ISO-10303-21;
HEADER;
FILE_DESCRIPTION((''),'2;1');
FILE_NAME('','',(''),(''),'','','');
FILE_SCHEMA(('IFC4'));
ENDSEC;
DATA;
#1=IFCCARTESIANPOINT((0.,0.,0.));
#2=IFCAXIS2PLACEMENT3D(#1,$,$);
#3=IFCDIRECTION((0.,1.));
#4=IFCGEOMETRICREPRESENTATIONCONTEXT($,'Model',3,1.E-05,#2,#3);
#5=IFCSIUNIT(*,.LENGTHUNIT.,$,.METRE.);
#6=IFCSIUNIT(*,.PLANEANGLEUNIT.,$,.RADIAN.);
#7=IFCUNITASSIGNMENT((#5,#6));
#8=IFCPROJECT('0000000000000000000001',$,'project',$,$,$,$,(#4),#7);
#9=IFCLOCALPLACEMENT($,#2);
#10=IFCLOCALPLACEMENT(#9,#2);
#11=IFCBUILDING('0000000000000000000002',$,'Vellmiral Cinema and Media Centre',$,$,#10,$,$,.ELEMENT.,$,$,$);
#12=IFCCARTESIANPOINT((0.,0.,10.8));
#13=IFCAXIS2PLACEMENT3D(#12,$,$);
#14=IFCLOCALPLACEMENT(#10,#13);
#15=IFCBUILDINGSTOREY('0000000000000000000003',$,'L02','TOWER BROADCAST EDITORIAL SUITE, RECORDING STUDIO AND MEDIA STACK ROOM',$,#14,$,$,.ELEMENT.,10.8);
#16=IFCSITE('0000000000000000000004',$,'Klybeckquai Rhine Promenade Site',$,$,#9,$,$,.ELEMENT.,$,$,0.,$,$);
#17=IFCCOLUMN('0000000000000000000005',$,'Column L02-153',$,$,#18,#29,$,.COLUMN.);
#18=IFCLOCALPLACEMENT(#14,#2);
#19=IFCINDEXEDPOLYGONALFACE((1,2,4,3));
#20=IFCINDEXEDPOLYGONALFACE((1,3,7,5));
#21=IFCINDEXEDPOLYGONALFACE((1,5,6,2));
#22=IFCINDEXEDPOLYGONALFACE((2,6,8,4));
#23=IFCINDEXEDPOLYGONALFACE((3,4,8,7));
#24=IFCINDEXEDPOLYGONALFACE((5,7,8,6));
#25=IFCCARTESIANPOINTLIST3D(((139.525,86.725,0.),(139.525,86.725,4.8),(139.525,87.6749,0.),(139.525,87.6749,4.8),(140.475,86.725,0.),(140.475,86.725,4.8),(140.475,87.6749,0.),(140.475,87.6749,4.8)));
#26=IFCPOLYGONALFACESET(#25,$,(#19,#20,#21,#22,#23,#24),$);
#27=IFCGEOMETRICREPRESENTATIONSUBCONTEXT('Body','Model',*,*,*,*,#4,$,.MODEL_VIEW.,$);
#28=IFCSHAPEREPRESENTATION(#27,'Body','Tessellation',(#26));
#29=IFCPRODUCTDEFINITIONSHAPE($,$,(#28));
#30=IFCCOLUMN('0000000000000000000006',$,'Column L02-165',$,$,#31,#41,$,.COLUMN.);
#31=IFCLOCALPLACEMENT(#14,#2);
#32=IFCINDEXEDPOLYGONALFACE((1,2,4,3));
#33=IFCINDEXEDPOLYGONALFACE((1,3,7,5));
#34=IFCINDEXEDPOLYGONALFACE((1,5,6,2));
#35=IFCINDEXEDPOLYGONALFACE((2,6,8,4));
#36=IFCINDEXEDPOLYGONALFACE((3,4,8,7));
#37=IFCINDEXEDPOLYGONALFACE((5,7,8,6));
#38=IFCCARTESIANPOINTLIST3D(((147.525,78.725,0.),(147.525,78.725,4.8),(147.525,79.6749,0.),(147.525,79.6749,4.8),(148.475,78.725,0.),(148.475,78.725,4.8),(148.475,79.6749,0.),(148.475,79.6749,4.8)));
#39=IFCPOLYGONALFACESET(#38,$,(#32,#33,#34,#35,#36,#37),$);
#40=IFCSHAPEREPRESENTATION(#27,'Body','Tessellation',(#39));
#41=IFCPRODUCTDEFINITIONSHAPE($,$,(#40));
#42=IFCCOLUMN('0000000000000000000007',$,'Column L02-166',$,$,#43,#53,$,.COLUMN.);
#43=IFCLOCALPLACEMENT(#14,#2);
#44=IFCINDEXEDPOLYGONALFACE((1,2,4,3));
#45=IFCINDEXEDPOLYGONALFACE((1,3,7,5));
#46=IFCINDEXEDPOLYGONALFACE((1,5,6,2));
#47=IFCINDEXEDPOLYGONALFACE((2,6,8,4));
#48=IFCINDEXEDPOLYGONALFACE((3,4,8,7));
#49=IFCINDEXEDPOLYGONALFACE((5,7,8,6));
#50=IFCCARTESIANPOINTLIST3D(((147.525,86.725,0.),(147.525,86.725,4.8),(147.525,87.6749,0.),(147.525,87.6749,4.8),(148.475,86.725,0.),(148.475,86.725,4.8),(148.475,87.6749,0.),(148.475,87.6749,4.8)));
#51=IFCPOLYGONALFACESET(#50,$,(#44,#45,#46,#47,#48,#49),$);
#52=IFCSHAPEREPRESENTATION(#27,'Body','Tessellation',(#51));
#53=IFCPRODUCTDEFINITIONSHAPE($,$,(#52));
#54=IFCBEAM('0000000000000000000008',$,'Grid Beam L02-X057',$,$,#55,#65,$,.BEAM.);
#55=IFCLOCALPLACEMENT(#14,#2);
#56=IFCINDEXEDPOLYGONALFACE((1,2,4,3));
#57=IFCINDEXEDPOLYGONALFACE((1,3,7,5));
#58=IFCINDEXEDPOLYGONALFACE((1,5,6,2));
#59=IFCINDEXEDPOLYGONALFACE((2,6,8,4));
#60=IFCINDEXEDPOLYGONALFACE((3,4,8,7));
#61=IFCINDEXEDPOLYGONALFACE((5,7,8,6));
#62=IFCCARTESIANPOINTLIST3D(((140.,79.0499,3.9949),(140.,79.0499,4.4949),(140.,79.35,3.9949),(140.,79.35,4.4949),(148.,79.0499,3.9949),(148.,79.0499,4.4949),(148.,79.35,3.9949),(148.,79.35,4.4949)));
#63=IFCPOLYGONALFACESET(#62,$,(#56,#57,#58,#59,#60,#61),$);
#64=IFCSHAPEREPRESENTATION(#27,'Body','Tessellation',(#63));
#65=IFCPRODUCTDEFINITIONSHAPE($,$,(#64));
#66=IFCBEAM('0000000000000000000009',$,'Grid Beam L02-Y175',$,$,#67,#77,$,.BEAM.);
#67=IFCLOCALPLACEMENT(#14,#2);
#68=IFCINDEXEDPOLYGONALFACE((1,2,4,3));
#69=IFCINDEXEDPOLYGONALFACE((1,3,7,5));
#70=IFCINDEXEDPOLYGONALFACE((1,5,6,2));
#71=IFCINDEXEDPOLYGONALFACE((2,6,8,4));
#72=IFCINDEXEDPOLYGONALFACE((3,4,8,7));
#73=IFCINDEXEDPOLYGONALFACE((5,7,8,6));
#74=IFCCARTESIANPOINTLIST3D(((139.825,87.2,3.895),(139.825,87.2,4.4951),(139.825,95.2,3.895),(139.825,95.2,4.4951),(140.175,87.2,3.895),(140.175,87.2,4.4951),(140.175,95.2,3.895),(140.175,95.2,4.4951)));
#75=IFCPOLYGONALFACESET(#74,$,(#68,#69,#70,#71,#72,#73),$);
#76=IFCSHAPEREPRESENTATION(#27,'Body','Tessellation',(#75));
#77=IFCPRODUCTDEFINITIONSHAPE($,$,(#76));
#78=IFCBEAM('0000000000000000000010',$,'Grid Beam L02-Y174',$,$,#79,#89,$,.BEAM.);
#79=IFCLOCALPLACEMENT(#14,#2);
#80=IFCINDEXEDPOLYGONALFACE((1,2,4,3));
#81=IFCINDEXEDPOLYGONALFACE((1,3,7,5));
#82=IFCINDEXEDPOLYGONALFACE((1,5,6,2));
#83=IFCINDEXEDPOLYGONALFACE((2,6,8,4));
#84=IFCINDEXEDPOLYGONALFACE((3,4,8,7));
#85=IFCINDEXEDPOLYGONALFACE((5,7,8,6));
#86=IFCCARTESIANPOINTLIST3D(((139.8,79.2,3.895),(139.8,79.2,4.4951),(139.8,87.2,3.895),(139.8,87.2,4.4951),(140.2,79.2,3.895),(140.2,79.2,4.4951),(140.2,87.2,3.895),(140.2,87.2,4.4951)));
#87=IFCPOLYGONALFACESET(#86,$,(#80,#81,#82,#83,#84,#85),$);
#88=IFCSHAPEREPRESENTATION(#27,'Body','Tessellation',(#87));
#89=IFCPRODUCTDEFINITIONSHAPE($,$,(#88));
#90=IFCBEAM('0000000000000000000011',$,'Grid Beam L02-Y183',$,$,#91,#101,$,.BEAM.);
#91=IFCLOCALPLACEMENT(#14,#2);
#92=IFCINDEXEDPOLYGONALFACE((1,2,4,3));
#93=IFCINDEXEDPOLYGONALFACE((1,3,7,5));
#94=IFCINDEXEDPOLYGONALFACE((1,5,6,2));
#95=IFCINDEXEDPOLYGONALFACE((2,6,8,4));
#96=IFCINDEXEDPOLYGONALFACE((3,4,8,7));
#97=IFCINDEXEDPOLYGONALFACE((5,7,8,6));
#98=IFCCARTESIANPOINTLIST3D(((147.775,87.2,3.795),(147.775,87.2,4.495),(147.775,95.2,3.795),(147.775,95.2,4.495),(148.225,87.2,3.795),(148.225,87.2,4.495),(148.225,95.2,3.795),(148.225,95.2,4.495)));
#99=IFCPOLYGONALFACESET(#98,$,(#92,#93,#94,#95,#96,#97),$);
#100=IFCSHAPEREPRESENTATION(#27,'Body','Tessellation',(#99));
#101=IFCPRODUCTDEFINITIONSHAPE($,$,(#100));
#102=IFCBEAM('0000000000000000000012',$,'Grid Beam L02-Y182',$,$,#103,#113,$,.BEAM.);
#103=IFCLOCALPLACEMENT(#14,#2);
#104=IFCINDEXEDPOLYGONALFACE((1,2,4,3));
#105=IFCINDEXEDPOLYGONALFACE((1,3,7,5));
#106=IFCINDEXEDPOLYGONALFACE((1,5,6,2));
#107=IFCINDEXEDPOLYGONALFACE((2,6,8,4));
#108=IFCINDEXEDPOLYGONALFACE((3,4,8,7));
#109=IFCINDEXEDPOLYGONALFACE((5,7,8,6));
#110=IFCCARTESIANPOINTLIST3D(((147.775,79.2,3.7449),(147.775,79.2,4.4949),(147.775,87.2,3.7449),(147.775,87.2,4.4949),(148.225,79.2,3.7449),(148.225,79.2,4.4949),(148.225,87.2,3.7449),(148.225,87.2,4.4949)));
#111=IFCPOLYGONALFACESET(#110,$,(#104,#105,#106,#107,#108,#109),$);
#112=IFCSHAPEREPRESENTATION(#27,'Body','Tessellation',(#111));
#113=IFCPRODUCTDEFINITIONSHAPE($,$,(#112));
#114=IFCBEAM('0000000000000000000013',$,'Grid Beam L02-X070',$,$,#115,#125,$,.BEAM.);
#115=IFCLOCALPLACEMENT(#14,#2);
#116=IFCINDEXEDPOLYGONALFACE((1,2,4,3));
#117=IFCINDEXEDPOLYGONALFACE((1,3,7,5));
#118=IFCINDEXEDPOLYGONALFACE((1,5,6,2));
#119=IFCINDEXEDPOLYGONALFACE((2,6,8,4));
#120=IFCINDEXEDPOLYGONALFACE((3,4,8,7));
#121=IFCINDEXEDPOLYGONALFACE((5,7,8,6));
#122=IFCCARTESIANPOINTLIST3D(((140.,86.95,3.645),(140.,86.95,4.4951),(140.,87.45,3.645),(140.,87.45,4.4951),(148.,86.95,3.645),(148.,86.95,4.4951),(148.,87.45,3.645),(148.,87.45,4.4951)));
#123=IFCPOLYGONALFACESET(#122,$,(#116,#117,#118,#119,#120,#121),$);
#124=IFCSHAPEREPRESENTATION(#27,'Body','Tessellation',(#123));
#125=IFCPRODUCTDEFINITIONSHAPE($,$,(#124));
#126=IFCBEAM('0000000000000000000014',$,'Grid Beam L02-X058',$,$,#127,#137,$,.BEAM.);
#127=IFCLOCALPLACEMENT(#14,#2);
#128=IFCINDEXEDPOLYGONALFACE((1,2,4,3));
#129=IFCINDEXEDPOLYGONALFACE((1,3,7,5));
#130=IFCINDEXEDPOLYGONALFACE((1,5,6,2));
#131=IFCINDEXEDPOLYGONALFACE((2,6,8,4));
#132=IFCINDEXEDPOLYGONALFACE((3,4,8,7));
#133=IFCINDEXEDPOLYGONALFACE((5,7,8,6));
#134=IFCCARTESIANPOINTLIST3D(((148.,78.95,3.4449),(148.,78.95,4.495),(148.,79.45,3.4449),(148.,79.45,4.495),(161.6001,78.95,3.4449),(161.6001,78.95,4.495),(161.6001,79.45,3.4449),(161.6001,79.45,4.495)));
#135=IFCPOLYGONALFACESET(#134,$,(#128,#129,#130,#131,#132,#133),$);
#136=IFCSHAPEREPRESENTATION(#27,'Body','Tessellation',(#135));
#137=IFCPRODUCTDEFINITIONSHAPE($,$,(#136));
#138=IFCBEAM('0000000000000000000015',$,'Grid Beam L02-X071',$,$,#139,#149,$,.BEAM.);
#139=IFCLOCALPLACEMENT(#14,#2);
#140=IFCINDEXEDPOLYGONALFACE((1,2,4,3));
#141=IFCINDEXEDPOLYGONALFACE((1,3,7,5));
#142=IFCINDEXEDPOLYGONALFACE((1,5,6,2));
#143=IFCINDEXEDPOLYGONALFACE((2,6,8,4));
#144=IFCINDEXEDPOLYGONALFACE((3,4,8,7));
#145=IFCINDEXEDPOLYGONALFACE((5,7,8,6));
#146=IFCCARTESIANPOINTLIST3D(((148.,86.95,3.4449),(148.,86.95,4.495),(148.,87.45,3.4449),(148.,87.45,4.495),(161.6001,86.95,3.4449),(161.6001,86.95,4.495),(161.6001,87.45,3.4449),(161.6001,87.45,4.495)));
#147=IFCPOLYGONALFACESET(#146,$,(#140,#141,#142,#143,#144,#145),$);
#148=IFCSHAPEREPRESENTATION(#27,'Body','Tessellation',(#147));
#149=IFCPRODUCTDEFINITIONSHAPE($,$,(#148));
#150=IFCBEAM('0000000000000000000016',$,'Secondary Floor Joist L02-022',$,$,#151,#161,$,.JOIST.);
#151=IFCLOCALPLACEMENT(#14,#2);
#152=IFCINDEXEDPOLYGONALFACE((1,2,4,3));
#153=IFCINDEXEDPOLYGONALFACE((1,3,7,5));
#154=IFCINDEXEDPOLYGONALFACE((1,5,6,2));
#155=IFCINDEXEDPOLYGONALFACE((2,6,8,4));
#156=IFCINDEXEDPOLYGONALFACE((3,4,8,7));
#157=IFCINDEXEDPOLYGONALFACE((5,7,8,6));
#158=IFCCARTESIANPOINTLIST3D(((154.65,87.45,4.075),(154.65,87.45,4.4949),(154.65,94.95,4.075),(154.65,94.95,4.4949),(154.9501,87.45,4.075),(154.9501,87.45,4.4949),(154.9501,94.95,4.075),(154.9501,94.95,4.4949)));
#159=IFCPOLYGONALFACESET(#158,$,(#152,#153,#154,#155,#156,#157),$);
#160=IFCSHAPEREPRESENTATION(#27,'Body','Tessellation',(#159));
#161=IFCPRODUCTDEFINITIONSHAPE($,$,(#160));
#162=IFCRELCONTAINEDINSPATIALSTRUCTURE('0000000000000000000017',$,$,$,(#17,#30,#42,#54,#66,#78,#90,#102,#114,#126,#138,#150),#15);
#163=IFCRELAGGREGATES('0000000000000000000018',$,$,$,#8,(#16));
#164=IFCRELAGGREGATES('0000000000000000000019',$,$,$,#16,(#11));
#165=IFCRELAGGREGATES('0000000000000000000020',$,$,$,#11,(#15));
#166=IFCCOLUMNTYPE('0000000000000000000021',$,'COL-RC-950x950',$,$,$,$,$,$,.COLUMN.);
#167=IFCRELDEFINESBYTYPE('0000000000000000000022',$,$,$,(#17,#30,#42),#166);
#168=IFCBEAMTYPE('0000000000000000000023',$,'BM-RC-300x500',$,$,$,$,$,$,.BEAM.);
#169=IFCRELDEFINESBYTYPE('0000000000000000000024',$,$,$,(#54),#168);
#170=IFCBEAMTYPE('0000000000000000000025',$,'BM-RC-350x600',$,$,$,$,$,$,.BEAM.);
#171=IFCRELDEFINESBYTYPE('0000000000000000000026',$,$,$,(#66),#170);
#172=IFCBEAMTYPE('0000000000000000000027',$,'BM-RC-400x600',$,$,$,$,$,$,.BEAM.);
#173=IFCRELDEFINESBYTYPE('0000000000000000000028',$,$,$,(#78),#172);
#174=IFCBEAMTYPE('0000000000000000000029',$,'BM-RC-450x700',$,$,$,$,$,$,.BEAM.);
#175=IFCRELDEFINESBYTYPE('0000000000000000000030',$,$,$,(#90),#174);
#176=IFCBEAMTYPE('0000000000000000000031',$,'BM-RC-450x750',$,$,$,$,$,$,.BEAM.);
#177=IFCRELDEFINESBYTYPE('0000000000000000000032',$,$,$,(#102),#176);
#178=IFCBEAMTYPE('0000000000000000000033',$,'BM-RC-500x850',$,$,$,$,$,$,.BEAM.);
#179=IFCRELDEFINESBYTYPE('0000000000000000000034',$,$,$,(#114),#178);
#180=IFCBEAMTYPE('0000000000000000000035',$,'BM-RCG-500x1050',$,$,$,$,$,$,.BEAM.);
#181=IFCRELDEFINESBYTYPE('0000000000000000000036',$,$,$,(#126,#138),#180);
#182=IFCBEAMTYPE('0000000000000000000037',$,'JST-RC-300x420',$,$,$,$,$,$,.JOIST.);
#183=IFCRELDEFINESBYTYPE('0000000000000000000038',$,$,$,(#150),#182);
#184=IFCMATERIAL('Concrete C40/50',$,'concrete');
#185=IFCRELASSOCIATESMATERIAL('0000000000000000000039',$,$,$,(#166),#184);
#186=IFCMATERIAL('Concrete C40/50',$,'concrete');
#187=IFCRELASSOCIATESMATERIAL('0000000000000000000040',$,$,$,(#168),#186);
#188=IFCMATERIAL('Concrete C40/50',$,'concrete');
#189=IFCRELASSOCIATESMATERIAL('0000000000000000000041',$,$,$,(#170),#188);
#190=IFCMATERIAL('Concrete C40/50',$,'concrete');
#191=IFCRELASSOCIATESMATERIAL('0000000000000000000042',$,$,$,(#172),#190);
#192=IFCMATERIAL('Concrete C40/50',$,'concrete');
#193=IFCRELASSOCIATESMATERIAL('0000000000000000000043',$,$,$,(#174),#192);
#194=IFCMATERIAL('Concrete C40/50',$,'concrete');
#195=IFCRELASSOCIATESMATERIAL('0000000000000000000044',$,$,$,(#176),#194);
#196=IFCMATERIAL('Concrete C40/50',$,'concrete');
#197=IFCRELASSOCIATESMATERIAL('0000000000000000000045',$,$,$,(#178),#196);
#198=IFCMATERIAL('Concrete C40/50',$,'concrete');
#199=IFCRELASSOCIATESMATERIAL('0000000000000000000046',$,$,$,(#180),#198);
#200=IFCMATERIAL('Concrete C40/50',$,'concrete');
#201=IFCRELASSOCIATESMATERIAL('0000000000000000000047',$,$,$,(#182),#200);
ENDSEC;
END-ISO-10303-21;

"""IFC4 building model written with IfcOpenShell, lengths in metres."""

from ifc_helpers import new_model, si_unit, direction, frame, origin, origin_2d, place, context, subcontext, project, spatial, rectangle, extrude, material, material_profile, profile_set, type_object, element, save


model = new_model("IFC4")

# Units and contexts
model_context = context("Model", 3, precision=1e-05, world=origin(), true_north=direction((0.0, 1.0)))
body_context = subcontext(model_context, "Body", "Model", "MODEL_VIEW")
ifc_project = project(units=[si_unit("LENGTHUNIT", "METRE"), si_unit("PLANEANGLEUNIT", "RADIAN")], contexts=[model_context])

# Site, building, storey
site_placement = place(None, origin())
site = spatial("IfcSite", under=ifc_project, at=site_placement, Name="Klybeckquai Rhine Promenade Site", CompositionType="ELEMENT", RefElevation=0.0)
building_placement = place(site_placement, origin())
building = spatial("IfcBuilding", under=site, at=building_placement, Name="Vellmiral Cinema and Media Centre", CompositionType="ELEMENT")
storey_placement = place(building_placement, frame((0.0, 0.0, 10.8)))
storey = spatial("IfcBuildingStorey", under=building, at=storey_placement, Name="L02", Description="TOWER BROADCAST EDITORIAL SUITE, RECORDING STUDIO AND MEDIA STACK ROOM", CompositionType="ELEMENT", Elevation=10.8)

# Columns
ifc_material_1 = material(Name="Concrete C40/50", Category="concrete")
ifc_material_profile_1 = material_profile(ifc_material_1, rectangle(XDim=0.95, YDim=0.95, at=origin_2d()), Name="RC 950x950")
ifc_profile_set_1 = profile_set([ifc_material_profile_1], Name="Concrete C40/50")
column_type = type_object("IfcColumnType", Name="COL-RC-950x950", PredefinedType="COLUMN", material=ifc_profile_set_1)
for number, where, z_axis, x_axis, name in (
    (1, (140.0, 87.2, 0.0), (0.0, 0.0, 1.0), (1.0, 0.0, 0.0), "Column L02-153"),
    (2, (148.0, 79.2, 0.0), (0.0, 0.0, 1.0), (1.0, 0.0, 0.0), "Column L02-165"),
    (3, (148.0, 87.2, 0.0), (0.0, 0.0, 1.0), (1.0, 0.0, 0.0), "Column L02-166"),
):
    element("IfcColumn", number, at=place(storey_placement, frame(where, z_axis=z_axis, x_axis=x_axis)), inside=storey, type_object=column_type, Name=name, PredefinedType="COLUMN", context=body_context, shape_type="SweptSolid", body=[
        extrude(rectangle(XDim=0.95, YDim=0.95, at=origin_2d()), origin(), (0.0, 0.0, 1.0), 4.8),
    ])

# Beams
ifc_material_2 = material(Name="Concrete C40/50", Category="concrete")
ifc_material_profile_2 = material_profile(ifc_material_2, rectangle(XDim=0.3, YDim=0.5, at=origin_2d()), Name="RC 300x500")
ifc_profile_set_2 = profile_set([ifc_material_profile_2], Name="Concrete C40/50")
beam_type_1 = type_object("IfcBeamType", Name="BM-RC-300x500", PredefinedType="BEAM", material=ifc_profile_set_2)
beam_1_placement = place(storey_placement, frame((140.0, 79.2, 4.2449), z_axis=(1.0, 0.0, 0.0), x_axis=(0.0, 1.0, 0.0)))
element("IfcBeam", 4, at=beam_1_placement, inside=storey, type_object=beam_type_1, Name="Grid Beam L02-X057", PredefinedType="BEAM", context=body_context, shape_type="SweptSolid", body=[
    extrude(rectangle(XDim=0.3, YDim=0.5, at=origin_2d()), origin(), (0.0, 0.0, 1.0), 8.0),
])
ifc_material_3 = material(Name="Concrete C40/50", Category="concrete")
ifc_material_profile_3 = material_profile(ifc_material_3, rectangle(XDim=0.3501, YDim=0.6001, at=origin_2d()), Name="RC 350x600")
ifc_profile_set_3 = profile_set([ifc_material_profile_3], Name="Concrete C40/50")
beam_type_2 = type_object("IfcBeamType", Name="BM-RC-350x600", PredefinedType="BEAM", material=ifc_profile_set_3)
beam_2_placement = place(storey_placement, frame((140.0, 87.2, 4.1951), z_axis=(0.0, 1.0, 0.0), x_axis=(-1.0, 0.0, 0.0)))
element("IfcBeam", 5, at=beam_2_placement, inside=storey, type_object=beam_type_2, Name="Grid Beam L02-Y175", PredefinedType="BEAM", context=body_context, shape_type="SweptSolid", body=[
    extrude(rectangle(XDim=0.3501, YDim=0.6001, at=origin_2d()), origin(), (0.0, 0.0, 1.0), 8.0),
])
ifc_material_4 = material(Name="Concrete C40/50", Category="concrete")
ifc_material_profile_4 = material_profile(ifc_material_4, rectangle(XDim=0.3999, YDim=0.6001, at=origin_2d()), Name="RC 400x600")
ifc_profile_set_4 = profile_set([ifc_material_profile_4], Name="Concrete C40/50")
beam_type_3 = type_object("IfcBeamType", Name="BM-RC-400x600", PredefinedType="BEAM", material=ifc_profile_set_4)
beam_3_placement = place(storey_placement, frame((140.0, 79.2, 4.1951), z_axis=(0.0, 1.0, 0.0), x_axis=(-1.0, 0.0, 0.0)))
element("IfcBeam", 6, at=beam_3_placement, inside=storey, type_object=beam_type_3, Name="Grid Beam L02-Y174", PredefinedType="BEAM", context=body_context, shape_type="SweptSolid", body=[
    extrude(rectangle(XDim=0.3999, YDim=0.6001, at=origin_2d()), origin(), (0.0, 0.0, 1.0), 8.0),
])
ifc_material_5 = material(Name="Concrete C40/50", Category="concrete")
ifc_material_profile_5 = material_profile(ifc_material_5, rectangle(XDim=0.45, YDim=0.7, at=origin_2d()), Name="RC 450x700")
ifc_profile_set_5 = profile_set([ifc_material_profile_5], Name="Concrete C40/50")
beam_type_4 = type_object("IfcBeamType", Name="BM-RC-450x700", PredefinedType="BEAM", material=ifc_profile_set_5)
beam_4_placement = place(storey_placement, frame((148.0, 87.2, 4.145), z_axis=(0.0, 1.0, 0.0), x_axis=(-1.0, 0.0, 0.0)))
element("IfcBeam", 7, at=beam_4_placement, inside=storey, type_object=beam_type_4, Name="Grid Beam L02-Y183", PredefinedType="BEAM", context=body_context, shape_type="SweptSolid", body=[
    extrude(rectangle(XDim=0.45, YDim=0.7, at=origin_2d()), origin(), (0.0, 0.0, 1.0), 8.0),
])
ifc_material_6 = material(Name="Concrete C40/50", Category="concrete")
ifc_material_profile_6 = material_profile(ifc_material_6, rectangle(XDim=0.45, YDim=0.75, at=origin_2d()), Name="RC 450x750")
ifc_profile_set_6 = profile_set([ifc_material_profile_6], Name="Concrete C40/50")
beam_type_5 = type_object("IfcBeamType", Name="BM-RC-450x750", PredefinedType="BEAM", material=ifc_profile_set_6)
beam_5_placement = place(storey_placement, frame((148.0, 79.2, 4.1199), z_axis=(0.0, 1.0, 0.0), x_axis=(-1.0, 0.0, 0.0)))
element("IfcBeam", 8, at=beam_5_placement, inside=storey, type_object=beam_type_5, Name="Grid Beam L02-Y182", PredefinedType="BEAM", context=body_context, shape_type="SweptSolid", body=[
    extrude(rectangle(XDim=0.45, YDim=0.75, at=origin_2d()), origin(), (0.0, 0.0, 1.0), 8.0),
])
ifc_material_7 = material(Name="Concrete C40/50", Category="concrete")
ifc_material_profile_7 = material_profile(ifc_material_7, rectangle(XDim=0.5, YDim=0.8501, at=origin_2d()), Name="RC 500x850")
ifc_profile_set_7 = profile_set([ifc_material_profile_7], Name="Concrete C40/50")
beam_type_6 = type_object("IfcBeamType", Name="BM-RC-500x850", PredefinedType="BEAM", material=ifc_profile_set_7)
beam_6_placement = place(storey_placement, frame((140.0, 87.2, 4.0701), z_axis=(1.0, 0.0, 0.0), x_axis=(0.0, 1.0, 0.0)))
element("IfcBeam", 9, at=beam_6_placement, inside=storey, type_object=beam_type_6, Name="Grid Beam L02-X070", PredefinedType="BEAM", context=body_context, shape_type="SweptSolid", body=[
    extrude(rectangle(XDim=0.5, YDim=0.8501, at=origin_2d()), origin(), (0.0, 0.0, 1.0), 8.0),
])
ifc_material_8 = material(Name="Concrete C40/50", Category="concrete")
ifc_material_profile_8 = material_profile(ifc_material_8, rectangle(XDim=0.5, YDim=1.05, at=origin_2d()), Name="RC 500x1050")
ifc_profile_set_8 = profile_set([ifc_material_profile_8], Name="Concrete C40/50")
beam_type_7 = type_object("IfcBeamType", Name="BM-RCG-500x1050", PredefinedType="BEAM", material=ifc_profile_set_8)
for number, where, z_axis, x_axis, name in (
    (10, (148.0, 79.2, 3.97), (1.0, 0.0, 0.0), (0.0, 1.0, 0.0), "Grid Beam L02-X058"),
    (11, (148.0, 87.2, 3.97), (1.0, 0.0, 0.0), (0.0, 1.0, 0.0), "Grid Beam L02-X071"),
):
    element("IfcBeam", number, at=place(storey_placement, frame(where, z_axis=z_axis, x_axis=x_axis)), inside=storey, type_object=beam_type_7, Name=name, PredefinedType="BEAM", context=body_context, shape_type="SweptSolid", body=[
        extrude(rectangle(XDim=0.5, YDim=1.05, at=origin_2d()), origin(), (0.0, 0.0, 1.0), 13.6001),
    ])
ifc_material_9 = material(Name="Concrete C40/50", Category="concrete")
ifc_material_profile_9 = material_profile(ifc_material_9, rectangle(XDim=0.3, YDim=0.4199, at=origin_2d()), Name="RC 300x420")
ifc_profile_set_9 = profile_set([ifc_material_profile_9], Name="Concrete C40/50")
beam_type_8 = type_object("IfcBeamType", Name="JST-RC-300x420", PredefinedType="JOIST", material=ifc_profile_set_9)
beam_7_placement = place(storey_placement, frame((154.8, 87.45, 4.2849), z_axis=(0.0, 1.0, 0.0), x_axis=(-1.0, 0.0, 0.0)))
element("IfcBeam", 12, at=beam_7_placement, inside=storey, type_object=beam_type_8, Name="Secondary Floor Joist L02-022", PredefinedType="JOIST", context=body_context, shape_type="SweptSolid", body=[
    extrude(rectangle(XDim=0.3, YDim=0.4199, at=origin_2d()), origin(), (0.0, 0.0, 1.0), 7.5),
])

save(model, "model.ifc")
